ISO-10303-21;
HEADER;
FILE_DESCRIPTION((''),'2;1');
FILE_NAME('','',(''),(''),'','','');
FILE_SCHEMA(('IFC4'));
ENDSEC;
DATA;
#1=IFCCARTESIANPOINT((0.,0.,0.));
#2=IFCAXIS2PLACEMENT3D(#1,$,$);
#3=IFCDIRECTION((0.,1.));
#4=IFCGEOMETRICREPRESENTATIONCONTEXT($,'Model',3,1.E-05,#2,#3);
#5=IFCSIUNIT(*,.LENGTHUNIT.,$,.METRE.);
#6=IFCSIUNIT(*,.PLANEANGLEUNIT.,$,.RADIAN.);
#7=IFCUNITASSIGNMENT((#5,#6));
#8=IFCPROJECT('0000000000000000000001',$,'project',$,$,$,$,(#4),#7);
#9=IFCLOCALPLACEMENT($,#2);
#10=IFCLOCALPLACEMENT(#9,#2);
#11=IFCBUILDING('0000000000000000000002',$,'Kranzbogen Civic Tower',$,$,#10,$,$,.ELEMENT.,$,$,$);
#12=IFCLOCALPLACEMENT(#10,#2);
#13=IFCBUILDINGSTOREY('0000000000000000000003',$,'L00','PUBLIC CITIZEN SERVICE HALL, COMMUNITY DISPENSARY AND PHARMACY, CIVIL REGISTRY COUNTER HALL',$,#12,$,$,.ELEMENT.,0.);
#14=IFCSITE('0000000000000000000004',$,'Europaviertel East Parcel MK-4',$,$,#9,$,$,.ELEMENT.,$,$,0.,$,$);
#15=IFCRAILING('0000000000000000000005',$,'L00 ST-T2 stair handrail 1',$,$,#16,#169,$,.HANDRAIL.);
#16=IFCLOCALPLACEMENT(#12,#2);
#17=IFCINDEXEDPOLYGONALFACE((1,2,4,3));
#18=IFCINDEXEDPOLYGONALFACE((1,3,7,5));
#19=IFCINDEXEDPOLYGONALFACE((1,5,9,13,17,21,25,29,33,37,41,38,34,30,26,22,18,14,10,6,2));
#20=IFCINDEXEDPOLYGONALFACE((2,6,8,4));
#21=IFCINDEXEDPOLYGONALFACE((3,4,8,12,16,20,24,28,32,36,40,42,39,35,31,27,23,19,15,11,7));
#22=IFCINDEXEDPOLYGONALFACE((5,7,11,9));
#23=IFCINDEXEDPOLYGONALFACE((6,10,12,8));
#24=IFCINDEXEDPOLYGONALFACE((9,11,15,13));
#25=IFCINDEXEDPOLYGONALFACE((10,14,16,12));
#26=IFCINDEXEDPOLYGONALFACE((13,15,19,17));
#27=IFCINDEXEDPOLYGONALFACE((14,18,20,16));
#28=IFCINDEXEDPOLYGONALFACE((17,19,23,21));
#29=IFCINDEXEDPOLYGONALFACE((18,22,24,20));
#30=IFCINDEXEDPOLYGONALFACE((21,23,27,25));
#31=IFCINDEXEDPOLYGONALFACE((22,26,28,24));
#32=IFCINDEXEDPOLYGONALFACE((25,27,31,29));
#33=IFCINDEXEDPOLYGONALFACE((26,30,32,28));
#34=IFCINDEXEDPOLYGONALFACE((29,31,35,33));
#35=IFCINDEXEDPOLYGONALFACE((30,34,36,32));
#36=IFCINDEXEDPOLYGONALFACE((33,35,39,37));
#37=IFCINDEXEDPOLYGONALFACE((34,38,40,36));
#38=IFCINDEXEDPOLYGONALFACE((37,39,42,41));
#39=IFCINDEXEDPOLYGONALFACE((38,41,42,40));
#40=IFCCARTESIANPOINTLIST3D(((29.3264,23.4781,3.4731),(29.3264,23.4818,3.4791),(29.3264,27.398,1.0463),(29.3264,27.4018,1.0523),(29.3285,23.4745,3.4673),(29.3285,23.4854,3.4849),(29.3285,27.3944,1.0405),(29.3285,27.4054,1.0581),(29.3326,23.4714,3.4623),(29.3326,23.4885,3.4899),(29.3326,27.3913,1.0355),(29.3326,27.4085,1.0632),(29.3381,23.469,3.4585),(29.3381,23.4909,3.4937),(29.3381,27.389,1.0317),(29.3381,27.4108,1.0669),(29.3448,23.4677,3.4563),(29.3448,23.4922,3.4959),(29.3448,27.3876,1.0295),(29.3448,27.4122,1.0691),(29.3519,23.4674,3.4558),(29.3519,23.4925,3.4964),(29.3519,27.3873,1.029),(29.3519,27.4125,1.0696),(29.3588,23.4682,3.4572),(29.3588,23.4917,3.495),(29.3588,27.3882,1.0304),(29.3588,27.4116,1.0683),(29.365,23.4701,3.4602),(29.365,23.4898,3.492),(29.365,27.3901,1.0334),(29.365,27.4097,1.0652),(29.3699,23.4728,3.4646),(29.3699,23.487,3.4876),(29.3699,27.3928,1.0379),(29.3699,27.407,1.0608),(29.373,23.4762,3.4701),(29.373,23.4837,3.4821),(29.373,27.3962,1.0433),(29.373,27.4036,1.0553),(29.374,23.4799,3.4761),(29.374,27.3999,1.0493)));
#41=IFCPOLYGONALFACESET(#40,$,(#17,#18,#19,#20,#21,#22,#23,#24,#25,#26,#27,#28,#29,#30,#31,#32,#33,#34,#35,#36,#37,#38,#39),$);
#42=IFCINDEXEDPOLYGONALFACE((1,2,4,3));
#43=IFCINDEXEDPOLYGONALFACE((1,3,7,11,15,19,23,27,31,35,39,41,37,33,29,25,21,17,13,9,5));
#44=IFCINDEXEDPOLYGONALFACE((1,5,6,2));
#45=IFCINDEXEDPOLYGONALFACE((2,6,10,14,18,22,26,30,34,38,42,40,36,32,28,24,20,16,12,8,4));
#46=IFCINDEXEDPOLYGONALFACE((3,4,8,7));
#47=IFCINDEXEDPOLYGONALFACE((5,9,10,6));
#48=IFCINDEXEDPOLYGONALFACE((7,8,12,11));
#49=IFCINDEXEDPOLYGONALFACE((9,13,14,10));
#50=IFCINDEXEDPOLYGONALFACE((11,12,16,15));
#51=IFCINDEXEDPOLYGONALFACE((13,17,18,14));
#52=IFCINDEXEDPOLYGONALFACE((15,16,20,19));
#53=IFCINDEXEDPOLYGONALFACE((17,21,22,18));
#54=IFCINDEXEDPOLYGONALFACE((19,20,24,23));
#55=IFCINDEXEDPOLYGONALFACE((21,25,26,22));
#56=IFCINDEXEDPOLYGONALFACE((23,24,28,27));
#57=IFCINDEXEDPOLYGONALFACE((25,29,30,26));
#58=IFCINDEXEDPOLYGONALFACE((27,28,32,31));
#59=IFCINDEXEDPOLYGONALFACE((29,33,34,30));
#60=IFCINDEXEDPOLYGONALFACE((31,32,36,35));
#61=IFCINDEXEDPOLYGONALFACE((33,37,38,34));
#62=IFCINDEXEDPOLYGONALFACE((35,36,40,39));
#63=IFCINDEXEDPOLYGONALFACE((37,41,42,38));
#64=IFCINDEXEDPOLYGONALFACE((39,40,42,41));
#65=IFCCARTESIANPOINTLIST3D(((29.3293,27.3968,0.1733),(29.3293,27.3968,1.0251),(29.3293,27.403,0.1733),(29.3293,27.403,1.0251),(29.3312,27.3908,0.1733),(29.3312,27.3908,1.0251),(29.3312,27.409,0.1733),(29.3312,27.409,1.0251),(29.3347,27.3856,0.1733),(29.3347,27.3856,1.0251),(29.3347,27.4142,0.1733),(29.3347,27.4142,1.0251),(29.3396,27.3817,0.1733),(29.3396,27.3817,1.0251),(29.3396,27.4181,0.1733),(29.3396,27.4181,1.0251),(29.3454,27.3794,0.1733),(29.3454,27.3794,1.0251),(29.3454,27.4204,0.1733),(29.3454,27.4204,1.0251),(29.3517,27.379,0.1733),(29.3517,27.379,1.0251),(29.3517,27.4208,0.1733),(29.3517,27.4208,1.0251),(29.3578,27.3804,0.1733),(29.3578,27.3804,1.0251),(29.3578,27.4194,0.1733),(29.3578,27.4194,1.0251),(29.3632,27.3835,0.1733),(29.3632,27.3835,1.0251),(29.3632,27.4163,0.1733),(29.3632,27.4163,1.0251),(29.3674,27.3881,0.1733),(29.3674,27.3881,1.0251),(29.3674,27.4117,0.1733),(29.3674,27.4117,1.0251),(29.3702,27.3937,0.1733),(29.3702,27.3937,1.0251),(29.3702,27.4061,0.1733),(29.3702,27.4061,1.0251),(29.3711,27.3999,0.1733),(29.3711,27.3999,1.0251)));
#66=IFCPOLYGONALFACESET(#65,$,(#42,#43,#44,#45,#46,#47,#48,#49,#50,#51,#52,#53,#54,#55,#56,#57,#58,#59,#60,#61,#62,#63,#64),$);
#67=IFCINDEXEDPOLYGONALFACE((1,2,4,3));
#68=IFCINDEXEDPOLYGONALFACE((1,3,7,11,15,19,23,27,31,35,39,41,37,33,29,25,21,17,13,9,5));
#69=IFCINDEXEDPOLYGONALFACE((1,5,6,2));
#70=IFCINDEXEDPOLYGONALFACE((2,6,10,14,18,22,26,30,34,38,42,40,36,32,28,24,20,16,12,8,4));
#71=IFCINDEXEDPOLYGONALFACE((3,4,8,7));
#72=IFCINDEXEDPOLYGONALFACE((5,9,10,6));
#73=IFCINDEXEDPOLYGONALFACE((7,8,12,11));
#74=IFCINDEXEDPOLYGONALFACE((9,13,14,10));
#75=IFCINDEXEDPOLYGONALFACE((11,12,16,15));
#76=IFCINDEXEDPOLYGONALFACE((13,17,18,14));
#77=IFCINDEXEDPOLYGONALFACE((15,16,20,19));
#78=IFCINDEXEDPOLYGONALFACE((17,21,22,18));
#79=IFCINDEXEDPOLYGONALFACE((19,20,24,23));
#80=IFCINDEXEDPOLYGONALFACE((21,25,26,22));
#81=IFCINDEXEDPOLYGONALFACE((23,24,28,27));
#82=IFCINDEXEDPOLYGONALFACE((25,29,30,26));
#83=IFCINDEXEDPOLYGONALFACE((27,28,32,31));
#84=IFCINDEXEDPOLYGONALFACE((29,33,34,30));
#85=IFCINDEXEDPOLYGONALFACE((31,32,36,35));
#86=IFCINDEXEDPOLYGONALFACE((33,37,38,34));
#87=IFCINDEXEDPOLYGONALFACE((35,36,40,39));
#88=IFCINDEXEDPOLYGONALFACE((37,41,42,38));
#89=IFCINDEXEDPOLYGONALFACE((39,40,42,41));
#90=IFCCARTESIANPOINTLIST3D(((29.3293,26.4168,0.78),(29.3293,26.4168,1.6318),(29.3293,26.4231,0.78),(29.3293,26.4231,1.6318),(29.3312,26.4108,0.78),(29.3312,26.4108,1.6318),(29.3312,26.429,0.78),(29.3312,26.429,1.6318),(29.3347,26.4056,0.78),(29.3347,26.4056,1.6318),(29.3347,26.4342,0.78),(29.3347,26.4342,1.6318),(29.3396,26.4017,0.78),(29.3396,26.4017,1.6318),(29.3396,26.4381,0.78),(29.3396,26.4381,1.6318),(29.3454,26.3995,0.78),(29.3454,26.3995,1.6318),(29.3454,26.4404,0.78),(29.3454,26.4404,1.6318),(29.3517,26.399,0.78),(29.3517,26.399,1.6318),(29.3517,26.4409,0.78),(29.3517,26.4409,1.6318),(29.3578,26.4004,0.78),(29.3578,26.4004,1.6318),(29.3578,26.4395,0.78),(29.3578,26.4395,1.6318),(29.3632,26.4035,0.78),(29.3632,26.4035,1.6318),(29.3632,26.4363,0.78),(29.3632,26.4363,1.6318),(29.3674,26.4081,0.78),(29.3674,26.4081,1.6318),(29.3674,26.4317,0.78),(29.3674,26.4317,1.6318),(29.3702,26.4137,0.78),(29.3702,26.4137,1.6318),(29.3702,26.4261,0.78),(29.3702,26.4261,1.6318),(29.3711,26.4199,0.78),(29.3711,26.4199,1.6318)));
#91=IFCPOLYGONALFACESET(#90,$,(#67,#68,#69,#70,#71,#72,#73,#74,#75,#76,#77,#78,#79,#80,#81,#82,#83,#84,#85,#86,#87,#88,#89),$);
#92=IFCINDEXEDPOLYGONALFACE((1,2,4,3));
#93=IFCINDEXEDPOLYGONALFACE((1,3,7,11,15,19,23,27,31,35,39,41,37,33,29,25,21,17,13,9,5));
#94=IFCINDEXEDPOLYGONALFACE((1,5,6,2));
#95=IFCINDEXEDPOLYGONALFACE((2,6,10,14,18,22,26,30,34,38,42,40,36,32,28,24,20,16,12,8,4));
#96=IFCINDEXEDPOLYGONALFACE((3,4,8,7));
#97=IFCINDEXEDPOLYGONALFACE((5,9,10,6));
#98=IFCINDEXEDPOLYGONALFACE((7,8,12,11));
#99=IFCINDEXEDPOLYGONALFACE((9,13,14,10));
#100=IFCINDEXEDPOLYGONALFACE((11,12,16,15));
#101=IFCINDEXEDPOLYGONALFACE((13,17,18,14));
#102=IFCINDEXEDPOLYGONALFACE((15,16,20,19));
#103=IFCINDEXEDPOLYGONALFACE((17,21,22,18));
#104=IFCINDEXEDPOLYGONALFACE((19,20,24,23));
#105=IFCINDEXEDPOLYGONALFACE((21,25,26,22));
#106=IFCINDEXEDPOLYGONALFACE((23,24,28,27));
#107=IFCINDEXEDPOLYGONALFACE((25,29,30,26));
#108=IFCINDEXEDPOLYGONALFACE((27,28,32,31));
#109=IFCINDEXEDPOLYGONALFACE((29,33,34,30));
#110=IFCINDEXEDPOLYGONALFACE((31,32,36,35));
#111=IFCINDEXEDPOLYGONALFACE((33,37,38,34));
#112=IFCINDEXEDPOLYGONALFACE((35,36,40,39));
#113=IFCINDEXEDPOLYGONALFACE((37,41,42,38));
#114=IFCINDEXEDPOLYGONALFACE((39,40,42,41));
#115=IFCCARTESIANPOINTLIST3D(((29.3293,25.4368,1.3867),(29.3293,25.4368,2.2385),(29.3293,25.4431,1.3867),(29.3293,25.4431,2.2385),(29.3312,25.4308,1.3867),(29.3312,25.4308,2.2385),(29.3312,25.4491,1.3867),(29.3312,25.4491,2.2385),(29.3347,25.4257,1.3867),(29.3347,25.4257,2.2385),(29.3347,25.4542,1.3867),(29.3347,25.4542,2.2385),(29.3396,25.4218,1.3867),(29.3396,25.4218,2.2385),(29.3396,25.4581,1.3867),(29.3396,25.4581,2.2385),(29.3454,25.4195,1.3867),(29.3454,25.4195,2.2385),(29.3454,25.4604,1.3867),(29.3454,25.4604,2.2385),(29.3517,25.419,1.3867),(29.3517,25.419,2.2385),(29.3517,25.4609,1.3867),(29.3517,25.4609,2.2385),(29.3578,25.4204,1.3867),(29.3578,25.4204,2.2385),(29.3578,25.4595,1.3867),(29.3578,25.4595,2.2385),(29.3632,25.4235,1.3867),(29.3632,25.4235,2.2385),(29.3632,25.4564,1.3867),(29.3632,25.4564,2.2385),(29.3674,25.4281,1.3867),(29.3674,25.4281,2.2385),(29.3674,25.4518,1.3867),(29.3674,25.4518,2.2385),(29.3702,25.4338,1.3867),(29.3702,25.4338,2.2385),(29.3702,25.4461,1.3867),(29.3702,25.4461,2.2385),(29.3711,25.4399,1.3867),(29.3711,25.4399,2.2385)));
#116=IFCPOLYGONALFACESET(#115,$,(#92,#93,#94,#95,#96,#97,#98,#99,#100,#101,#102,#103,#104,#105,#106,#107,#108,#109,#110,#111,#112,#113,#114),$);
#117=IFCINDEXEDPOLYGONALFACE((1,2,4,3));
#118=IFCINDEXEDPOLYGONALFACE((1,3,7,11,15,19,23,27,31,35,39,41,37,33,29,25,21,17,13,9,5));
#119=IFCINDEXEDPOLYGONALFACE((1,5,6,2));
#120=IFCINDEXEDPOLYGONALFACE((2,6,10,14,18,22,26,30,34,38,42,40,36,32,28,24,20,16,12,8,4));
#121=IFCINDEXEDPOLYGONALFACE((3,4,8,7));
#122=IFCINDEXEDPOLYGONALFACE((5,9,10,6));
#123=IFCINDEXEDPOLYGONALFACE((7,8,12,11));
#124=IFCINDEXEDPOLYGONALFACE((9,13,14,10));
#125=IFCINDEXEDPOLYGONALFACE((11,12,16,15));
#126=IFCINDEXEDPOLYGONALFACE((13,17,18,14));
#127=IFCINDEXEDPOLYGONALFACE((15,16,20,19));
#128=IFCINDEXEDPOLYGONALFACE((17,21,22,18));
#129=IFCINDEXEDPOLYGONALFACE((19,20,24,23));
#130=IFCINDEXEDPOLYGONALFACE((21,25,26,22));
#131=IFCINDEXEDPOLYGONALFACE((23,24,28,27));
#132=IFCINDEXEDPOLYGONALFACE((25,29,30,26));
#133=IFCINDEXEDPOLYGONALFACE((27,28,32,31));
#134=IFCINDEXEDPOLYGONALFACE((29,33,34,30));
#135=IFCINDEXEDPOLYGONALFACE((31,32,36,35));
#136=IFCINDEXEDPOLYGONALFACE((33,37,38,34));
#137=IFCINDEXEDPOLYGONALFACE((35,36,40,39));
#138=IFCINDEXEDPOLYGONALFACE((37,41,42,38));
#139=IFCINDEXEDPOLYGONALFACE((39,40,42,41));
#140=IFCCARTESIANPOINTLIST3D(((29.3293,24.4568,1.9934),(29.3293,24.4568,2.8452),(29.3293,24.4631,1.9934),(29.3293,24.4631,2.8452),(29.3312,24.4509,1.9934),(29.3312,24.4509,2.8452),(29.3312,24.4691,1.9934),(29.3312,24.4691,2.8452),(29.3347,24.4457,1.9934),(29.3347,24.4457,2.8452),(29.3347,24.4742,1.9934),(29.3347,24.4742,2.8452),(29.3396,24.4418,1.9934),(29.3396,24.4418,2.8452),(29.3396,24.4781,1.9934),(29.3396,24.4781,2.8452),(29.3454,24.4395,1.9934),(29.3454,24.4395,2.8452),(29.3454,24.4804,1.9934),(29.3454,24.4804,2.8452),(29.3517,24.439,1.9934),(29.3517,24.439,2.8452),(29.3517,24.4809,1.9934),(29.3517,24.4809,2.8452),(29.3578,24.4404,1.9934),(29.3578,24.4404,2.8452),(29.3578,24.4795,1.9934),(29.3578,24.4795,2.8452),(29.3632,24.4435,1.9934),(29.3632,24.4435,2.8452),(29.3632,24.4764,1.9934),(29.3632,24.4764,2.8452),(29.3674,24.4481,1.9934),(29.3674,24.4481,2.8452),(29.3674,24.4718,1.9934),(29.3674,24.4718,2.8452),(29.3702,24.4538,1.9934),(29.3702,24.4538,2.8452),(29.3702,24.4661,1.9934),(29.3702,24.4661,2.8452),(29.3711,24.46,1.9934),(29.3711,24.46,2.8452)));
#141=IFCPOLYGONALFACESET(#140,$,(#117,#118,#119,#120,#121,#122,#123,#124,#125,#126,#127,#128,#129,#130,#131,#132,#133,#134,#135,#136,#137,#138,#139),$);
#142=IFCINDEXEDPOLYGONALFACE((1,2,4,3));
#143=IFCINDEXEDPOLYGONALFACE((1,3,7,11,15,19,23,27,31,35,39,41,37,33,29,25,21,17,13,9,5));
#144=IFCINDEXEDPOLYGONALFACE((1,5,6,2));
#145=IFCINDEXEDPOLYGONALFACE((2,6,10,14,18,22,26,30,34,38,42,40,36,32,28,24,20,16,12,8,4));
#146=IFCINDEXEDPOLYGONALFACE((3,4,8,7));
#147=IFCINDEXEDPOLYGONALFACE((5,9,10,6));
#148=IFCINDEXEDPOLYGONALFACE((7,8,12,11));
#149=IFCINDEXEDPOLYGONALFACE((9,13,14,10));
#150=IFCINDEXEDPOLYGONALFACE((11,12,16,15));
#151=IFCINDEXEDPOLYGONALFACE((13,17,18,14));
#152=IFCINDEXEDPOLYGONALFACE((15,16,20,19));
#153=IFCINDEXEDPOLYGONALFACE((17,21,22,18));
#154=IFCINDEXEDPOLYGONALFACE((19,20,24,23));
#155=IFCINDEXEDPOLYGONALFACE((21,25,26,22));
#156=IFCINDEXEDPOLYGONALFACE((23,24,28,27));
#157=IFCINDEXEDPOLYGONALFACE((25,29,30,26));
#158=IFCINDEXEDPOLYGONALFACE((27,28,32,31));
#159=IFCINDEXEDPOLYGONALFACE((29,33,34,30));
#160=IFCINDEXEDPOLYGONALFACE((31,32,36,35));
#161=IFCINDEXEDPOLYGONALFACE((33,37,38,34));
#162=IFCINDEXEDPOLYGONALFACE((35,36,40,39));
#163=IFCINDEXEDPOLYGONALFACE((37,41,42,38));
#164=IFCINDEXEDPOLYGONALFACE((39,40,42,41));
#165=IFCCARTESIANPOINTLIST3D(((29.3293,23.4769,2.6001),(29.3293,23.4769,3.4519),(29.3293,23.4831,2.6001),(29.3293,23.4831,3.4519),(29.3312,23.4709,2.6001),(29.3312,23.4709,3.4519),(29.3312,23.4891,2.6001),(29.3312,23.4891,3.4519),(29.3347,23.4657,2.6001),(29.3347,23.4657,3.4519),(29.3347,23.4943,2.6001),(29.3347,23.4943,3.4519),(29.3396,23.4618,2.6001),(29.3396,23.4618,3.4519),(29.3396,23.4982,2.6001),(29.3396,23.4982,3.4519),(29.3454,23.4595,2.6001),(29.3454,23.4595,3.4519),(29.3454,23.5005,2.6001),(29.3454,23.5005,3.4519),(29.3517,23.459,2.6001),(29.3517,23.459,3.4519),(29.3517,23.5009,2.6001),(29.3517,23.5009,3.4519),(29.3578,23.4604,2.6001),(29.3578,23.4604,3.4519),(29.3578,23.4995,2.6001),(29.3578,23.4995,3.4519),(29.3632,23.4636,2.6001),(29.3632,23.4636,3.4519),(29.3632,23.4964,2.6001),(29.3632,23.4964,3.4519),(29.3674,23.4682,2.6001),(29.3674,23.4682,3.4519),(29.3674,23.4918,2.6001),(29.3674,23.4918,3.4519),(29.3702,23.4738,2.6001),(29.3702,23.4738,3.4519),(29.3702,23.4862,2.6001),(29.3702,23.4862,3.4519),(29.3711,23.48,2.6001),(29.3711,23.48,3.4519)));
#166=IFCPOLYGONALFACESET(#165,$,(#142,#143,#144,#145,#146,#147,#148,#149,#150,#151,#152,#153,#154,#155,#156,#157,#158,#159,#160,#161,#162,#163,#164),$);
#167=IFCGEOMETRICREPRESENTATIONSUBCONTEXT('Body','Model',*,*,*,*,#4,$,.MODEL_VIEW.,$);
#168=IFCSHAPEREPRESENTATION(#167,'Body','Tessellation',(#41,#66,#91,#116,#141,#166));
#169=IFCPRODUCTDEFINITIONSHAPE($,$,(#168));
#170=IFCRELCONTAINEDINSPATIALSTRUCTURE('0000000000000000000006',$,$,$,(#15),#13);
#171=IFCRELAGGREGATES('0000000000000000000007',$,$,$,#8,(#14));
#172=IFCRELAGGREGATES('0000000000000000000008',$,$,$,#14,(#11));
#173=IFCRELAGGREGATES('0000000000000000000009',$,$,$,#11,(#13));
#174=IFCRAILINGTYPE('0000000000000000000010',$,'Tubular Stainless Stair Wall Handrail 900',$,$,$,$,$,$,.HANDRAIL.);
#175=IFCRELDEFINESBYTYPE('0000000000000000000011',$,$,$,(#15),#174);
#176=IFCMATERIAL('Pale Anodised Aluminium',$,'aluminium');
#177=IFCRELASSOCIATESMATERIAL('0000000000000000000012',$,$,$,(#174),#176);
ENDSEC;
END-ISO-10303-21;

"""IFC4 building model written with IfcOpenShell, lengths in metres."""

from ifc_helpers import new_model, si_unit, direction, frame, origin, origin_2d, place, context, subcontext, project, spatial, circle, extrude, material, type_object, element, save


model = new_model("IFC4")

# Units and contexts
model_context = context("Model", 3, precision=1e-05, world=origin(), true_north=direction((0.0, 1.0)))
body_context = subcontext(model_context, "Body", "Model", "MODEL_VIEW")
ifc_project = project(units=[si_unit("LENGTHUNIT", "METRE"), si_unit("PLANEANGLEUNIT", "RADIAN")], contexts=[model_context])

# Site, building, storey
site_placement = place(None, origin())
site = spatial("IfcSite", under=ifc_project, at=site_placement, Name="Europaviertel East Parcel MK-4", CompositionType="ELEMENT", RefElevation=0.0)
building_placement = place(site_placement, origin())
building = spatial("IfcBuilding", under=site, at=building_placement, Name="Kranzbogen Civic Tower", CompositionType="ELEMENT")
storey_placement = place(building_placement, origin())
storey = spatial("IfcBuildingStorey", under=building, at=storey_placement, Name="L00", Description="PUBLIC CITIZEN SERVICE HALL, COMMUNITY DISPENSARY AND PHARMACY, CIVIL REGISTRY COUNTER HALL", CompositionType="ELEMENT", Elevation=0.0)

# Shared definitions
ifc_material_1 = material(Name="Pale Anodised Aluminium", Category="aluminium")

# Railing
railing_type_1 = type_object("IfcRailingType", Name="Tubular Stainless Stair Wall Handrail 900", PredefinedType="HANDRAIL", material=ifc_material_1)
railing_1_placement = place(storey_placement, frame((29.3501, 27.3999, 0.1733)))
element("IfcRailing", 1, at=railing_1_placement, inside=storey, type_object=railing_type_1, Name="L00 ST-T2 stair handrail 1", PredefinedType="HANDRAIL", context=body_context, shape_type="SweptSolid", body=[
    extrude(circle(Radius=0.0239, at=origin_2d()), frame((0.0, 0.0, 0.876), z_axis=(0.0, -0.850252, 0.526376), x_axis=(1.0, 0.0, 0.0)), (0.0, 0.0, 1.0), 4.6104),
    extrude(circle(Radius=0.021, at=origin_2d()), origin(), (0.0, 0.0, 1.0), 0.8518),
    extrude(circle(Radius=0.021, at=origin_2d()), frame((0.0, -0.98, 0.6067)), (0.0, 0.0, 1.0), 0.8518),
    extrude(circle(Radius=0.021, at=origin_2d()), frame((0.0, -1.96, 1.2134)), (0.0, 0.0, 1.0), 0.8518),
    extrude(circle(Radius=0.021, at=origin_2d()), frame((0.0, -2.9399, 1.8201)), (0.0, 0.0, 1.0), 0.8518),
    extrude(circle(Radius=0.021, at=origin_2d()), frame((0.0, -3.9199, 2.4268)), (0.0, 0.0, 1.0), 0.8518),
])

save(model, "model.ifc")
